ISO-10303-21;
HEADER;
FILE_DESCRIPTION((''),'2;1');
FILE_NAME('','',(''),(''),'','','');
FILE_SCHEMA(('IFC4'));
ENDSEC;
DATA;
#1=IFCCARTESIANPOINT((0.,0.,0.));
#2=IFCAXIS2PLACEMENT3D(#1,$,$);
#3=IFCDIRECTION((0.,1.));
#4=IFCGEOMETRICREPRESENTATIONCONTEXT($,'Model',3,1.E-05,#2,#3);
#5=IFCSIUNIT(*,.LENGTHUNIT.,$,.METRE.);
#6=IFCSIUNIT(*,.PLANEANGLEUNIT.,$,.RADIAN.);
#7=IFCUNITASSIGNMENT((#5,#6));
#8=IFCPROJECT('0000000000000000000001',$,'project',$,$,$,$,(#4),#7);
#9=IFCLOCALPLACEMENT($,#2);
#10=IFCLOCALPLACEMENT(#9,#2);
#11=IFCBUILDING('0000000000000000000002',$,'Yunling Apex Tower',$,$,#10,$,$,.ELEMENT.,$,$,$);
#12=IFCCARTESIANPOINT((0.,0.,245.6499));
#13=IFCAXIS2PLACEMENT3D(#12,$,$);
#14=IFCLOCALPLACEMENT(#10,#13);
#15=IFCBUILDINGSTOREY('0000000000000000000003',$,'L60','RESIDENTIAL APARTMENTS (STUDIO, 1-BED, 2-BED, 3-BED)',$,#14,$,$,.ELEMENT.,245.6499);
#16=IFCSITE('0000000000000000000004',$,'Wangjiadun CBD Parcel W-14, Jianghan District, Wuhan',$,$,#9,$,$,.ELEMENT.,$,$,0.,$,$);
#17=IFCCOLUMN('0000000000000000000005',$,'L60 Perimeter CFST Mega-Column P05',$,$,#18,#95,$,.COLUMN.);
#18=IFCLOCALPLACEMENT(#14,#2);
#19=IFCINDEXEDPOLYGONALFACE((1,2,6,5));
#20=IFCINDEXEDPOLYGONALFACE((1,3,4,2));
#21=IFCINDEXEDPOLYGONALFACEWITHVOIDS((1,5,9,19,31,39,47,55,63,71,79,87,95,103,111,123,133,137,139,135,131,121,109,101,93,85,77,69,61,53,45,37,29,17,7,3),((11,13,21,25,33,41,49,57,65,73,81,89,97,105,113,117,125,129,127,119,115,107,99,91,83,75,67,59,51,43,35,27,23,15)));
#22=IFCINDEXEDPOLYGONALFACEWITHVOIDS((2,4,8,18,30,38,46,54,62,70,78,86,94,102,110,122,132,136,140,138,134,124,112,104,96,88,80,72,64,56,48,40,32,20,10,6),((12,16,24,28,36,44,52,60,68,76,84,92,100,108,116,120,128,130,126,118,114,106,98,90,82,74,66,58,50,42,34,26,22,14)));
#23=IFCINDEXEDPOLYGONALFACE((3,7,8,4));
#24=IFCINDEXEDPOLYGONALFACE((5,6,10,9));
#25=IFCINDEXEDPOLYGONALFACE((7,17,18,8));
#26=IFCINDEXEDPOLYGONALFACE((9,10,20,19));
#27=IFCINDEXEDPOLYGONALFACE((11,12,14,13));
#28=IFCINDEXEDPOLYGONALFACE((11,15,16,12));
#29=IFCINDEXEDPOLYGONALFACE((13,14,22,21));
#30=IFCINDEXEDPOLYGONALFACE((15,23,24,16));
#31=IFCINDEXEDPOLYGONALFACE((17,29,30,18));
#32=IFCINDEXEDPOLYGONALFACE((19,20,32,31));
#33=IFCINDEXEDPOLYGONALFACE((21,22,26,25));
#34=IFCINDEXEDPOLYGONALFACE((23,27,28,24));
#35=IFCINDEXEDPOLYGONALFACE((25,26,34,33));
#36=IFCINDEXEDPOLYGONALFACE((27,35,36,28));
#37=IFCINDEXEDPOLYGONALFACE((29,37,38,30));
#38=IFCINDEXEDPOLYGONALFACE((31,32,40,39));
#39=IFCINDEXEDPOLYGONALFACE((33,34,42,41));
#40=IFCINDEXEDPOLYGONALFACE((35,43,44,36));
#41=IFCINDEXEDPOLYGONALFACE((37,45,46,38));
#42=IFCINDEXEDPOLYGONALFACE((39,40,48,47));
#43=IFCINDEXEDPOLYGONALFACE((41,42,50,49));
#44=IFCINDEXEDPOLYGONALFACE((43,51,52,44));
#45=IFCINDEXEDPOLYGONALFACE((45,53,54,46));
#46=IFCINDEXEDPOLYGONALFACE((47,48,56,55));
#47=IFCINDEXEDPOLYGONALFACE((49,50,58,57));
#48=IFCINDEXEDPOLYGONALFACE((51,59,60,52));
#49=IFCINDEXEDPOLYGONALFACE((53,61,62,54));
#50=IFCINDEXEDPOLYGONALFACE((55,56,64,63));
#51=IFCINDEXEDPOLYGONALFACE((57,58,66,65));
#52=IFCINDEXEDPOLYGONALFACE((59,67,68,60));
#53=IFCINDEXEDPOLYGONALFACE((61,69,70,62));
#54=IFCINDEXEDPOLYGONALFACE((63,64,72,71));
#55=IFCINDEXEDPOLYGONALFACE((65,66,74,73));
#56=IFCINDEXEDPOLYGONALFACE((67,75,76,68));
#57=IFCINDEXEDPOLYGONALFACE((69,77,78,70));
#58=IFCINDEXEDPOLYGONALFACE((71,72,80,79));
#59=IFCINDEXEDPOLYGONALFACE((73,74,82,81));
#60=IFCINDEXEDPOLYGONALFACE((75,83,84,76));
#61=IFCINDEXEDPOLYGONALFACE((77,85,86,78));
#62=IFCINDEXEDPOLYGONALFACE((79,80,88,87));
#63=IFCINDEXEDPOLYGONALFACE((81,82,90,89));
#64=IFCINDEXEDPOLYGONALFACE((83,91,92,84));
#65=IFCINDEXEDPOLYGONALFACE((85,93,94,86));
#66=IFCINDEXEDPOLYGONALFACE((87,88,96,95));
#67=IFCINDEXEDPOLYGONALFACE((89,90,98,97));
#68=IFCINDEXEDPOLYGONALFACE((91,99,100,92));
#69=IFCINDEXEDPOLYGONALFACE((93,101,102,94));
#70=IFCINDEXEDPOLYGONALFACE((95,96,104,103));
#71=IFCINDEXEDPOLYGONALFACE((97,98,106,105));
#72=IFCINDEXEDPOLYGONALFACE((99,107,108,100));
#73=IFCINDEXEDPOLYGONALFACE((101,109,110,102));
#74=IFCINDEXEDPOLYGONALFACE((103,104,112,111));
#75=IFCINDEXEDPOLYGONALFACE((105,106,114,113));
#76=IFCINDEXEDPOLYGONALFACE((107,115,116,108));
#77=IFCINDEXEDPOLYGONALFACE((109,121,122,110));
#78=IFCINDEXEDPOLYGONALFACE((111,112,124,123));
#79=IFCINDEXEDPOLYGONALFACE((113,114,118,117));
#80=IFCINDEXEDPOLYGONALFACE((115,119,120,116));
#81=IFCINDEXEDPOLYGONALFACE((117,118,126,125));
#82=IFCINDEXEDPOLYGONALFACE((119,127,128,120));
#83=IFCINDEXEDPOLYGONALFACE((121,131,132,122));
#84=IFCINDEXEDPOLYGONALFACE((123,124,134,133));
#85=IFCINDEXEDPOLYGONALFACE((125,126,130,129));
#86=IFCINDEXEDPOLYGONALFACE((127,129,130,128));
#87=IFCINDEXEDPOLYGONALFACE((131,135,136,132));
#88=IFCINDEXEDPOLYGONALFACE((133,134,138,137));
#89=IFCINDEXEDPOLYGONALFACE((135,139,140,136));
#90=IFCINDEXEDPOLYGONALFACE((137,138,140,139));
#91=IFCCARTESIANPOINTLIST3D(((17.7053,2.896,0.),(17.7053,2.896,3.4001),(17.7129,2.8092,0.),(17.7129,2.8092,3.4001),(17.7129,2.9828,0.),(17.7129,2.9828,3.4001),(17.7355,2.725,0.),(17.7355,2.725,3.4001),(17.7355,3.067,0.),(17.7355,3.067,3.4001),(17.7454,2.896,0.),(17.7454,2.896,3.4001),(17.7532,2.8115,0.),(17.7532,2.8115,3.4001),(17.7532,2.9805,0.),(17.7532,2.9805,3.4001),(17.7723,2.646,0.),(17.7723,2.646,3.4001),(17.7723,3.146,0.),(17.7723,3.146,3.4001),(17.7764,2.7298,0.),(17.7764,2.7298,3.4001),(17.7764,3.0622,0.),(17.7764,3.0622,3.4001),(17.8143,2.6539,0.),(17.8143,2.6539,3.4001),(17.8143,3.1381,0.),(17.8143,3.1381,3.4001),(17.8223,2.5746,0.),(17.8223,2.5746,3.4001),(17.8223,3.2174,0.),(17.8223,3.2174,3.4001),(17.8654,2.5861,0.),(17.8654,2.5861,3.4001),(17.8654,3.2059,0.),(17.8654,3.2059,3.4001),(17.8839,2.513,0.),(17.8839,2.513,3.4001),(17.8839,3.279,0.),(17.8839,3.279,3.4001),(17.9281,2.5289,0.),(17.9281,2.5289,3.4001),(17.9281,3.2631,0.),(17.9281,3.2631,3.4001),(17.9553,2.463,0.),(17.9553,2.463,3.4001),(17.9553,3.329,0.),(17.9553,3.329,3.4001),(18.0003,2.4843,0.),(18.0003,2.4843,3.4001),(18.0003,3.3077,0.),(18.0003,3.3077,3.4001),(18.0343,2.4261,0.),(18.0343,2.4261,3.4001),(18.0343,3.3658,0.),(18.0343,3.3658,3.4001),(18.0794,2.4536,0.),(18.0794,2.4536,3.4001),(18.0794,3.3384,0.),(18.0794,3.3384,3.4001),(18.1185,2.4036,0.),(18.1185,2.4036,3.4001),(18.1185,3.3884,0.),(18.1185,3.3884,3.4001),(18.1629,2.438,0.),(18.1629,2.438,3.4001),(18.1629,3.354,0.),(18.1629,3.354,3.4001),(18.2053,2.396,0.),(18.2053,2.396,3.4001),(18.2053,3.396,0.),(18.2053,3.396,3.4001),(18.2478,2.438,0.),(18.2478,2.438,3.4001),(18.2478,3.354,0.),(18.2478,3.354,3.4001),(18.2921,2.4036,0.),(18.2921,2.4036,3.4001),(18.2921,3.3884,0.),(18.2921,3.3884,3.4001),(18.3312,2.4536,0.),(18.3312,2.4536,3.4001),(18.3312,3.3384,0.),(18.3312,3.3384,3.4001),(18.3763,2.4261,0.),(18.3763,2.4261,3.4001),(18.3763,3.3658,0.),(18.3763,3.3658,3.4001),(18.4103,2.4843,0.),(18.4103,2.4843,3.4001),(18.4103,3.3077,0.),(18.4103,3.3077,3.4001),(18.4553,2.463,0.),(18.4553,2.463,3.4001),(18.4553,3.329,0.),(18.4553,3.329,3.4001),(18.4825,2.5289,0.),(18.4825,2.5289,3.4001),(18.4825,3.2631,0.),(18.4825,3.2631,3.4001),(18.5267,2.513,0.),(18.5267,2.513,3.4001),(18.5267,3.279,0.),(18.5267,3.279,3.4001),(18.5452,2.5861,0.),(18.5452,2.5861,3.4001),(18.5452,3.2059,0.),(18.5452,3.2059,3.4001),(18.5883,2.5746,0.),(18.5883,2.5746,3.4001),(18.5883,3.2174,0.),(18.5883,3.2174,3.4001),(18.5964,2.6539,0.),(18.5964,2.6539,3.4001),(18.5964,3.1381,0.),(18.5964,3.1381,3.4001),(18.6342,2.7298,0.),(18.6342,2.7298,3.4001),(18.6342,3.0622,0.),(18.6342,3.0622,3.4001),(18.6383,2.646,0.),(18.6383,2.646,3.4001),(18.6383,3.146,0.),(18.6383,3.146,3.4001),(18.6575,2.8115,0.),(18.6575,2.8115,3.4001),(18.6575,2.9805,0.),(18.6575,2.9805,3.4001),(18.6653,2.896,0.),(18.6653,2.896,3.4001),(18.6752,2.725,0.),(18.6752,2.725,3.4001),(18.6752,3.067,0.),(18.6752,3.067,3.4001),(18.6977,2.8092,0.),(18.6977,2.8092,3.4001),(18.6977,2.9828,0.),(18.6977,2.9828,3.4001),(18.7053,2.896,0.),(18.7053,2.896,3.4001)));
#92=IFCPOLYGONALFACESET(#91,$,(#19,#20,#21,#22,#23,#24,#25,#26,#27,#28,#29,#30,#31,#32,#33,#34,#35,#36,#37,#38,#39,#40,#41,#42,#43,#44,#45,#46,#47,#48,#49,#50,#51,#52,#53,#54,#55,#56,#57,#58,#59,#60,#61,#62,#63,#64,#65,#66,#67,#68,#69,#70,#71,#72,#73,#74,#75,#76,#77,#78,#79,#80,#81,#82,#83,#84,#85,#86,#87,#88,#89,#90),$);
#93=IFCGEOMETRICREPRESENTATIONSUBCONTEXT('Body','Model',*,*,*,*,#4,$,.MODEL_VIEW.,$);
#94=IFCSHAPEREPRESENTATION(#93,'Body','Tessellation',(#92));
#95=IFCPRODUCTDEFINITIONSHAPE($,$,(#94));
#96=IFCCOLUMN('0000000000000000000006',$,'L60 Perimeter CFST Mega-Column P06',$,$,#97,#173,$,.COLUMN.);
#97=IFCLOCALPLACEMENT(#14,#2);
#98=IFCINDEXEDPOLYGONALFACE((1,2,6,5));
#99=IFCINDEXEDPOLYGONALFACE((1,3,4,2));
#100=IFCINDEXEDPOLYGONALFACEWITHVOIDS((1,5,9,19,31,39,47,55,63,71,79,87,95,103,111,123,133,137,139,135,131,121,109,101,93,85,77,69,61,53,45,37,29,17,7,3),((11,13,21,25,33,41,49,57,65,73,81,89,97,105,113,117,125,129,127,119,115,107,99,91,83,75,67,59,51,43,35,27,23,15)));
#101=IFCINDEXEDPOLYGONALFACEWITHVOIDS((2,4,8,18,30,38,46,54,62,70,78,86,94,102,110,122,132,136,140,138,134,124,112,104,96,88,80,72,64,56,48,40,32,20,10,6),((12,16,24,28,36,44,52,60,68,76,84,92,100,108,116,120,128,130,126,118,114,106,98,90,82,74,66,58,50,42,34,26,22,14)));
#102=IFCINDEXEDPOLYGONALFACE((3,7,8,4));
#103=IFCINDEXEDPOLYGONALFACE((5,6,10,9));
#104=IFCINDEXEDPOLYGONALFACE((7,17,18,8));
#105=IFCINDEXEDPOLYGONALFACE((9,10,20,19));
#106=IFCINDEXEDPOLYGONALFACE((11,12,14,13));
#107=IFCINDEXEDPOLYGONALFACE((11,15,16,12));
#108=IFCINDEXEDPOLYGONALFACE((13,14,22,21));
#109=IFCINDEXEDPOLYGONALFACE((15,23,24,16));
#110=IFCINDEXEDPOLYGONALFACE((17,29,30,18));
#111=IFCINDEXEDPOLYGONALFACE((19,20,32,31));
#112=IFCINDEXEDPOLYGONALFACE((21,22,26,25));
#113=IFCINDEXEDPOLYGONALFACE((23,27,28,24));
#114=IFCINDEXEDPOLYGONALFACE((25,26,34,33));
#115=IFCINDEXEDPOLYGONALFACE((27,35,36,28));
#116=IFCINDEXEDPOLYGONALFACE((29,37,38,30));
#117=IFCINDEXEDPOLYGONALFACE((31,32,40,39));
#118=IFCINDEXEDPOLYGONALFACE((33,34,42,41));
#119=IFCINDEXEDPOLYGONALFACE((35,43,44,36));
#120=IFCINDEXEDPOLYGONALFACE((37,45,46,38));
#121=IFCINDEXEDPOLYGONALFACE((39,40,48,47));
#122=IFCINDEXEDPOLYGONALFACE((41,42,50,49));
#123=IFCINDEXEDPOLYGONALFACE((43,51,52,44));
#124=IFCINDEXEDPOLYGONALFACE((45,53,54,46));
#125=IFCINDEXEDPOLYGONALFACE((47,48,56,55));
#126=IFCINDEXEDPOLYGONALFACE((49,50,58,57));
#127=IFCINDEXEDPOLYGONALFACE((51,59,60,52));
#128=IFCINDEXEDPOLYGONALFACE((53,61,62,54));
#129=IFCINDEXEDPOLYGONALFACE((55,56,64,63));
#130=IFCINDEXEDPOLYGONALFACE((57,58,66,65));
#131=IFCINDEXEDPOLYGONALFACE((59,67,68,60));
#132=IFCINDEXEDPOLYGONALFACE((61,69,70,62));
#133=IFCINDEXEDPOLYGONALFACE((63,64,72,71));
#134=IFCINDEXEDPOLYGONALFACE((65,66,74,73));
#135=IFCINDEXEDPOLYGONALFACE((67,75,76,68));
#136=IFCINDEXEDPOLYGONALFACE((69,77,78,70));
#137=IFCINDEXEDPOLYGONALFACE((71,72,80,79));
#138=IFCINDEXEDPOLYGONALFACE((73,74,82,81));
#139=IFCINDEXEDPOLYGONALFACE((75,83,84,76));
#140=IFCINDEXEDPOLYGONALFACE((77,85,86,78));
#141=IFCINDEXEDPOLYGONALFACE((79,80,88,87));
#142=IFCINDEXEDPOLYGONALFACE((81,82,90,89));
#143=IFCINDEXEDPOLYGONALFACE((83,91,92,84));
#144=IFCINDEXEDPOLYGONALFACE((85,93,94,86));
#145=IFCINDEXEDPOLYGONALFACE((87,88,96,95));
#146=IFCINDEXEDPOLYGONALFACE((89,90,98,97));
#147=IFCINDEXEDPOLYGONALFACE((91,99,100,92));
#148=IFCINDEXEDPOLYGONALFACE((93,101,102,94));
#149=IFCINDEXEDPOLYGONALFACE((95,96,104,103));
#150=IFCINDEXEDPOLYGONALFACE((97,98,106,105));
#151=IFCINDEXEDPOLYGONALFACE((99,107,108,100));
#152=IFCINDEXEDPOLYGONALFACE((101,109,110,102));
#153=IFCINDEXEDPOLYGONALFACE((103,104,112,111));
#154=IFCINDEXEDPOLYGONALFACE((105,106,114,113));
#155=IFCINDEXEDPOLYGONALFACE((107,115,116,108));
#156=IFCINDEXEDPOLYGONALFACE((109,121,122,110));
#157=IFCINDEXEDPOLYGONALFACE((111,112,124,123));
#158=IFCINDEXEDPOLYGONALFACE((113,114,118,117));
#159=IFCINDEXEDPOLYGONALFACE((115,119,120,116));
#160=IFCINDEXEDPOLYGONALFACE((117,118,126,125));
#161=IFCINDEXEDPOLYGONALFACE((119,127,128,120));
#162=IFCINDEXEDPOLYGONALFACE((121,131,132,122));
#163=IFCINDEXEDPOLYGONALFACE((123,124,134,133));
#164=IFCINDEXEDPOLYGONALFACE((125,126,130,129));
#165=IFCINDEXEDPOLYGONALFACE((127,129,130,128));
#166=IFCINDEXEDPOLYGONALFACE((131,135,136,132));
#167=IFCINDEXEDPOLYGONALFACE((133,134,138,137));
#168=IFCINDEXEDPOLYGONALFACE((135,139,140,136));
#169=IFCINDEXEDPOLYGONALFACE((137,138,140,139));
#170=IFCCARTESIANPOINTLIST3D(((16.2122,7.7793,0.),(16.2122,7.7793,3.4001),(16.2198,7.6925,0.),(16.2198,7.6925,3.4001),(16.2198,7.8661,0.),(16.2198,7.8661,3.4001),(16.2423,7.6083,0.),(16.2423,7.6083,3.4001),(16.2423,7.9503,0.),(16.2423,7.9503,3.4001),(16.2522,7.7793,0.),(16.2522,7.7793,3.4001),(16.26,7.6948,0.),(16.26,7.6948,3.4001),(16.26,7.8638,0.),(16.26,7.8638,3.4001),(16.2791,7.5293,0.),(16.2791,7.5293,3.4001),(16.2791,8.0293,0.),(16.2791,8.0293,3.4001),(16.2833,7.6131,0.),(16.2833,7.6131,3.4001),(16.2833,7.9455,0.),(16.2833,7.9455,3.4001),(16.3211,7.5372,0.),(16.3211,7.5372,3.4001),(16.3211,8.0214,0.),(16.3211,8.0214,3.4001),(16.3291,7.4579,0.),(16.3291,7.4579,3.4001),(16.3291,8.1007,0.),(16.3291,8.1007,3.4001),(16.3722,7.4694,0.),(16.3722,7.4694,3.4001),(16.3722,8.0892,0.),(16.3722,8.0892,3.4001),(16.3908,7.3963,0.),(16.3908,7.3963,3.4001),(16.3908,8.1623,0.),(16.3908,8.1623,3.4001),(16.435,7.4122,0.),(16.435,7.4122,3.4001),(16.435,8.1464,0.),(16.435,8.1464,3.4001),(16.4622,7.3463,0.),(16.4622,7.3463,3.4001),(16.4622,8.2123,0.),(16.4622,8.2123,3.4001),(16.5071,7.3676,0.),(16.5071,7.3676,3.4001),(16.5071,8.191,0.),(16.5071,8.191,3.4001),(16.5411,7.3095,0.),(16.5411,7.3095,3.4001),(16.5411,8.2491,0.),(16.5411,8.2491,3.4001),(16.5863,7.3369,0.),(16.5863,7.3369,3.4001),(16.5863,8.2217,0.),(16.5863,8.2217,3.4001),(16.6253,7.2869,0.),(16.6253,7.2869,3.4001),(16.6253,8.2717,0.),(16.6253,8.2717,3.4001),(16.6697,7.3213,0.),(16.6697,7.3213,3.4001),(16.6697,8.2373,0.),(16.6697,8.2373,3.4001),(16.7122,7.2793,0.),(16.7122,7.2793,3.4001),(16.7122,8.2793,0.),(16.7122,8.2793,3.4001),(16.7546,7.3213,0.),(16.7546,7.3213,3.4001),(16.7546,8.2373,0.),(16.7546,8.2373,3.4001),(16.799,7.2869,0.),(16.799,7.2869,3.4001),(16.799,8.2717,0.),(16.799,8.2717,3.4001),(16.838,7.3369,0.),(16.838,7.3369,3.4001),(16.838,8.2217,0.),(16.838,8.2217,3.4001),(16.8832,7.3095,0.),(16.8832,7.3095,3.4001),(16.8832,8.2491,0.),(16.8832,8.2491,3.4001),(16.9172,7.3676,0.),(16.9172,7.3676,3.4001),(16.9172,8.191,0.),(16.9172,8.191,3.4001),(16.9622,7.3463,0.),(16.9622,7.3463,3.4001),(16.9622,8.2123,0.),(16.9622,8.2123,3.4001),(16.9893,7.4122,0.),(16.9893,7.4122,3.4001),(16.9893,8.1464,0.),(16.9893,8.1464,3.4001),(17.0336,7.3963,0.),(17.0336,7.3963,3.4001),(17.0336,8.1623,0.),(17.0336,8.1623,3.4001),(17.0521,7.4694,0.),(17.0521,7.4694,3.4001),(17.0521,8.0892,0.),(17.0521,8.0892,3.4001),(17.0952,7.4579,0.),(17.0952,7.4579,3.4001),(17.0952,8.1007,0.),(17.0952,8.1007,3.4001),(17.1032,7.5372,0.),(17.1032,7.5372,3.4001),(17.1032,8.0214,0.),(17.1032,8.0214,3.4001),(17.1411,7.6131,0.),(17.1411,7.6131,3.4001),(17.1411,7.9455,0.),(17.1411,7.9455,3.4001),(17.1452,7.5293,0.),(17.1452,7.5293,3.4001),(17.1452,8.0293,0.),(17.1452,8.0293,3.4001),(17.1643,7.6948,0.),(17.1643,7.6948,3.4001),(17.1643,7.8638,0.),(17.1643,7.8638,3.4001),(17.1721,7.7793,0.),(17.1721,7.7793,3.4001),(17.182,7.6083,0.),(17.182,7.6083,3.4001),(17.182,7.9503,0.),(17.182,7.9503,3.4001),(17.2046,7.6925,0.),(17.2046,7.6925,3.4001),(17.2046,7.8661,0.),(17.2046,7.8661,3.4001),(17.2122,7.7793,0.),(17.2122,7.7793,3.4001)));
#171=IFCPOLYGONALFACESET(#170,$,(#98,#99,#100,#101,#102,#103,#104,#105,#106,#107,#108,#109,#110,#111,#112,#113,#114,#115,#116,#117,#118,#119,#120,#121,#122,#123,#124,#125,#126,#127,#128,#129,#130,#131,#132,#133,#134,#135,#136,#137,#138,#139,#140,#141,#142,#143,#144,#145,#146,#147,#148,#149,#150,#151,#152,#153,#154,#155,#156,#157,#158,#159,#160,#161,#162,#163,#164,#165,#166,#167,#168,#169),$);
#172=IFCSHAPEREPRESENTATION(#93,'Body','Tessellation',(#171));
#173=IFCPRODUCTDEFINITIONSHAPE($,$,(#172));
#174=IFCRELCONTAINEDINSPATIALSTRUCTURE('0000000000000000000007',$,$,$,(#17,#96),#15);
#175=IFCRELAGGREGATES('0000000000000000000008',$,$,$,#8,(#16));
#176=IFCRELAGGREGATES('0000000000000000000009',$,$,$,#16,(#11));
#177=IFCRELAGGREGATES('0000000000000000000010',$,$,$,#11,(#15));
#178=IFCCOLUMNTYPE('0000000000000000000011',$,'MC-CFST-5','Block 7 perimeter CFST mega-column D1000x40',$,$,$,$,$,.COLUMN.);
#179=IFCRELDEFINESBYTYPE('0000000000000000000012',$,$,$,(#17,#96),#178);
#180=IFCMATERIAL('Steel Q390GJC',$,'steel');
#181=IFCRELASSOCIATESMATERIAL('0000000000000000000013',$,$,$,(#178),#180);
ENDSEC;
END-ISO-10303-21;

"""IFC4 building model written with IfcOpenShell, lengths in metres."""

from ifc_helpers import new_model, si_unit, direction, frame, origin, origin_2d, place, context, subcontext, project, spatial, hollow_circle, extrude, source, transform, mapped, material, material_profile, profile_set, type_object, element, save


model = new_model("IFC4")

# Units and contexts
model_context = context("Model", 3, precision=1e-05, world=origin(), true_north=direction((0.0, 1.0)))
body_context = subcontext(model_context, "Body", "Model", "MODEL_VIEW")
ifc_project = project(units=[si_unit("LENGTHUNIT", "METRE"), si_unit("PLANEANGLEUNIT", "RADIAN")], contexts=[model_context])

# Site, building, storey
site_placement = place(None, origin())
site = spatial("IfcSite", under=ifc_project, at=site_placement, Name="Wangjiadun CBD Parcel W-14, Jianghan District, Wuhan", CompositionType="ELEMENT", RefElevation=0.0)
building_placement = place(site_placement, origin())
building = spatial("IfcBuilding", under=site, at=building_placement, Name="Yunling Apex Tower", CompositionType="ELEMENT")
storey_placement = place(building_placement, frame((0.0, 0.0, 245.6499)))
storey = spatial("IfcBuildingStorey", under=building, at=storey_placement, Name="L60", Description="RESIDENTIAL APARTMENTS (STUDIO, 1-BED, 2-BED, 3-BED)", CompositionType="ELEMENT", Elevation=245.6499)

# Columns
ifc_material_1 = material(Name="Steel Q390GJC", Category="steel")
ifc_material_profile_1 = material_profile(ifc_material_1, hollow_circle(Radius=0.5, WallThickness=0.04, at=origin_2d()))
ifc_profile_set_1 = profile_set([ifc_material_profile_1], Name="Steel Q390GJC")
column_type = type_object("IfcColumnType", Name="MC-CFST-5", Description="Block 7 perimeter CFST mega-column D1000x40", PredefinedType="COLUMN", material=ifc_profile_set_1)
shared_shape_1 = source(origin(), body_context, "Body", "SweptSolid", [
    extrude(hollow_circle(Radius=0.5, WallThickness=0.04, at=origin_2d()), origin(), (0.0, 0.0, 1.0), 3.4001),
])
for number, where, z_axis, x_axis, name in (
    (1, (18.2053, 2.896, 0.0), (0.0, 0.0, 1.0), (1.0, 0.0, 0.0), "L60 Perimeter CFST Mega-Column P05"),
    (2, (16.7122, 7.7793, 0.0), (0.0, 0.0, 1.0), (1.0, 0.0, 0.0), "L60 Perimeter CFST Mega-Column P06"),
):
    element("IfcColumn", number, at=place(storey_placement, frame(where, z_axis=z_axis, x_axis=x_axis)), inside=storey, type_object=column_type, Name=name, PredefinedType="COLUMN", context=body_context, shape_type="MappedRepresentation", body=[
        mapped(shared_shape_1, transform((0.0, 0.0, 0.0), scale=1.0)),
    ])

save(model, "model.ifc")
